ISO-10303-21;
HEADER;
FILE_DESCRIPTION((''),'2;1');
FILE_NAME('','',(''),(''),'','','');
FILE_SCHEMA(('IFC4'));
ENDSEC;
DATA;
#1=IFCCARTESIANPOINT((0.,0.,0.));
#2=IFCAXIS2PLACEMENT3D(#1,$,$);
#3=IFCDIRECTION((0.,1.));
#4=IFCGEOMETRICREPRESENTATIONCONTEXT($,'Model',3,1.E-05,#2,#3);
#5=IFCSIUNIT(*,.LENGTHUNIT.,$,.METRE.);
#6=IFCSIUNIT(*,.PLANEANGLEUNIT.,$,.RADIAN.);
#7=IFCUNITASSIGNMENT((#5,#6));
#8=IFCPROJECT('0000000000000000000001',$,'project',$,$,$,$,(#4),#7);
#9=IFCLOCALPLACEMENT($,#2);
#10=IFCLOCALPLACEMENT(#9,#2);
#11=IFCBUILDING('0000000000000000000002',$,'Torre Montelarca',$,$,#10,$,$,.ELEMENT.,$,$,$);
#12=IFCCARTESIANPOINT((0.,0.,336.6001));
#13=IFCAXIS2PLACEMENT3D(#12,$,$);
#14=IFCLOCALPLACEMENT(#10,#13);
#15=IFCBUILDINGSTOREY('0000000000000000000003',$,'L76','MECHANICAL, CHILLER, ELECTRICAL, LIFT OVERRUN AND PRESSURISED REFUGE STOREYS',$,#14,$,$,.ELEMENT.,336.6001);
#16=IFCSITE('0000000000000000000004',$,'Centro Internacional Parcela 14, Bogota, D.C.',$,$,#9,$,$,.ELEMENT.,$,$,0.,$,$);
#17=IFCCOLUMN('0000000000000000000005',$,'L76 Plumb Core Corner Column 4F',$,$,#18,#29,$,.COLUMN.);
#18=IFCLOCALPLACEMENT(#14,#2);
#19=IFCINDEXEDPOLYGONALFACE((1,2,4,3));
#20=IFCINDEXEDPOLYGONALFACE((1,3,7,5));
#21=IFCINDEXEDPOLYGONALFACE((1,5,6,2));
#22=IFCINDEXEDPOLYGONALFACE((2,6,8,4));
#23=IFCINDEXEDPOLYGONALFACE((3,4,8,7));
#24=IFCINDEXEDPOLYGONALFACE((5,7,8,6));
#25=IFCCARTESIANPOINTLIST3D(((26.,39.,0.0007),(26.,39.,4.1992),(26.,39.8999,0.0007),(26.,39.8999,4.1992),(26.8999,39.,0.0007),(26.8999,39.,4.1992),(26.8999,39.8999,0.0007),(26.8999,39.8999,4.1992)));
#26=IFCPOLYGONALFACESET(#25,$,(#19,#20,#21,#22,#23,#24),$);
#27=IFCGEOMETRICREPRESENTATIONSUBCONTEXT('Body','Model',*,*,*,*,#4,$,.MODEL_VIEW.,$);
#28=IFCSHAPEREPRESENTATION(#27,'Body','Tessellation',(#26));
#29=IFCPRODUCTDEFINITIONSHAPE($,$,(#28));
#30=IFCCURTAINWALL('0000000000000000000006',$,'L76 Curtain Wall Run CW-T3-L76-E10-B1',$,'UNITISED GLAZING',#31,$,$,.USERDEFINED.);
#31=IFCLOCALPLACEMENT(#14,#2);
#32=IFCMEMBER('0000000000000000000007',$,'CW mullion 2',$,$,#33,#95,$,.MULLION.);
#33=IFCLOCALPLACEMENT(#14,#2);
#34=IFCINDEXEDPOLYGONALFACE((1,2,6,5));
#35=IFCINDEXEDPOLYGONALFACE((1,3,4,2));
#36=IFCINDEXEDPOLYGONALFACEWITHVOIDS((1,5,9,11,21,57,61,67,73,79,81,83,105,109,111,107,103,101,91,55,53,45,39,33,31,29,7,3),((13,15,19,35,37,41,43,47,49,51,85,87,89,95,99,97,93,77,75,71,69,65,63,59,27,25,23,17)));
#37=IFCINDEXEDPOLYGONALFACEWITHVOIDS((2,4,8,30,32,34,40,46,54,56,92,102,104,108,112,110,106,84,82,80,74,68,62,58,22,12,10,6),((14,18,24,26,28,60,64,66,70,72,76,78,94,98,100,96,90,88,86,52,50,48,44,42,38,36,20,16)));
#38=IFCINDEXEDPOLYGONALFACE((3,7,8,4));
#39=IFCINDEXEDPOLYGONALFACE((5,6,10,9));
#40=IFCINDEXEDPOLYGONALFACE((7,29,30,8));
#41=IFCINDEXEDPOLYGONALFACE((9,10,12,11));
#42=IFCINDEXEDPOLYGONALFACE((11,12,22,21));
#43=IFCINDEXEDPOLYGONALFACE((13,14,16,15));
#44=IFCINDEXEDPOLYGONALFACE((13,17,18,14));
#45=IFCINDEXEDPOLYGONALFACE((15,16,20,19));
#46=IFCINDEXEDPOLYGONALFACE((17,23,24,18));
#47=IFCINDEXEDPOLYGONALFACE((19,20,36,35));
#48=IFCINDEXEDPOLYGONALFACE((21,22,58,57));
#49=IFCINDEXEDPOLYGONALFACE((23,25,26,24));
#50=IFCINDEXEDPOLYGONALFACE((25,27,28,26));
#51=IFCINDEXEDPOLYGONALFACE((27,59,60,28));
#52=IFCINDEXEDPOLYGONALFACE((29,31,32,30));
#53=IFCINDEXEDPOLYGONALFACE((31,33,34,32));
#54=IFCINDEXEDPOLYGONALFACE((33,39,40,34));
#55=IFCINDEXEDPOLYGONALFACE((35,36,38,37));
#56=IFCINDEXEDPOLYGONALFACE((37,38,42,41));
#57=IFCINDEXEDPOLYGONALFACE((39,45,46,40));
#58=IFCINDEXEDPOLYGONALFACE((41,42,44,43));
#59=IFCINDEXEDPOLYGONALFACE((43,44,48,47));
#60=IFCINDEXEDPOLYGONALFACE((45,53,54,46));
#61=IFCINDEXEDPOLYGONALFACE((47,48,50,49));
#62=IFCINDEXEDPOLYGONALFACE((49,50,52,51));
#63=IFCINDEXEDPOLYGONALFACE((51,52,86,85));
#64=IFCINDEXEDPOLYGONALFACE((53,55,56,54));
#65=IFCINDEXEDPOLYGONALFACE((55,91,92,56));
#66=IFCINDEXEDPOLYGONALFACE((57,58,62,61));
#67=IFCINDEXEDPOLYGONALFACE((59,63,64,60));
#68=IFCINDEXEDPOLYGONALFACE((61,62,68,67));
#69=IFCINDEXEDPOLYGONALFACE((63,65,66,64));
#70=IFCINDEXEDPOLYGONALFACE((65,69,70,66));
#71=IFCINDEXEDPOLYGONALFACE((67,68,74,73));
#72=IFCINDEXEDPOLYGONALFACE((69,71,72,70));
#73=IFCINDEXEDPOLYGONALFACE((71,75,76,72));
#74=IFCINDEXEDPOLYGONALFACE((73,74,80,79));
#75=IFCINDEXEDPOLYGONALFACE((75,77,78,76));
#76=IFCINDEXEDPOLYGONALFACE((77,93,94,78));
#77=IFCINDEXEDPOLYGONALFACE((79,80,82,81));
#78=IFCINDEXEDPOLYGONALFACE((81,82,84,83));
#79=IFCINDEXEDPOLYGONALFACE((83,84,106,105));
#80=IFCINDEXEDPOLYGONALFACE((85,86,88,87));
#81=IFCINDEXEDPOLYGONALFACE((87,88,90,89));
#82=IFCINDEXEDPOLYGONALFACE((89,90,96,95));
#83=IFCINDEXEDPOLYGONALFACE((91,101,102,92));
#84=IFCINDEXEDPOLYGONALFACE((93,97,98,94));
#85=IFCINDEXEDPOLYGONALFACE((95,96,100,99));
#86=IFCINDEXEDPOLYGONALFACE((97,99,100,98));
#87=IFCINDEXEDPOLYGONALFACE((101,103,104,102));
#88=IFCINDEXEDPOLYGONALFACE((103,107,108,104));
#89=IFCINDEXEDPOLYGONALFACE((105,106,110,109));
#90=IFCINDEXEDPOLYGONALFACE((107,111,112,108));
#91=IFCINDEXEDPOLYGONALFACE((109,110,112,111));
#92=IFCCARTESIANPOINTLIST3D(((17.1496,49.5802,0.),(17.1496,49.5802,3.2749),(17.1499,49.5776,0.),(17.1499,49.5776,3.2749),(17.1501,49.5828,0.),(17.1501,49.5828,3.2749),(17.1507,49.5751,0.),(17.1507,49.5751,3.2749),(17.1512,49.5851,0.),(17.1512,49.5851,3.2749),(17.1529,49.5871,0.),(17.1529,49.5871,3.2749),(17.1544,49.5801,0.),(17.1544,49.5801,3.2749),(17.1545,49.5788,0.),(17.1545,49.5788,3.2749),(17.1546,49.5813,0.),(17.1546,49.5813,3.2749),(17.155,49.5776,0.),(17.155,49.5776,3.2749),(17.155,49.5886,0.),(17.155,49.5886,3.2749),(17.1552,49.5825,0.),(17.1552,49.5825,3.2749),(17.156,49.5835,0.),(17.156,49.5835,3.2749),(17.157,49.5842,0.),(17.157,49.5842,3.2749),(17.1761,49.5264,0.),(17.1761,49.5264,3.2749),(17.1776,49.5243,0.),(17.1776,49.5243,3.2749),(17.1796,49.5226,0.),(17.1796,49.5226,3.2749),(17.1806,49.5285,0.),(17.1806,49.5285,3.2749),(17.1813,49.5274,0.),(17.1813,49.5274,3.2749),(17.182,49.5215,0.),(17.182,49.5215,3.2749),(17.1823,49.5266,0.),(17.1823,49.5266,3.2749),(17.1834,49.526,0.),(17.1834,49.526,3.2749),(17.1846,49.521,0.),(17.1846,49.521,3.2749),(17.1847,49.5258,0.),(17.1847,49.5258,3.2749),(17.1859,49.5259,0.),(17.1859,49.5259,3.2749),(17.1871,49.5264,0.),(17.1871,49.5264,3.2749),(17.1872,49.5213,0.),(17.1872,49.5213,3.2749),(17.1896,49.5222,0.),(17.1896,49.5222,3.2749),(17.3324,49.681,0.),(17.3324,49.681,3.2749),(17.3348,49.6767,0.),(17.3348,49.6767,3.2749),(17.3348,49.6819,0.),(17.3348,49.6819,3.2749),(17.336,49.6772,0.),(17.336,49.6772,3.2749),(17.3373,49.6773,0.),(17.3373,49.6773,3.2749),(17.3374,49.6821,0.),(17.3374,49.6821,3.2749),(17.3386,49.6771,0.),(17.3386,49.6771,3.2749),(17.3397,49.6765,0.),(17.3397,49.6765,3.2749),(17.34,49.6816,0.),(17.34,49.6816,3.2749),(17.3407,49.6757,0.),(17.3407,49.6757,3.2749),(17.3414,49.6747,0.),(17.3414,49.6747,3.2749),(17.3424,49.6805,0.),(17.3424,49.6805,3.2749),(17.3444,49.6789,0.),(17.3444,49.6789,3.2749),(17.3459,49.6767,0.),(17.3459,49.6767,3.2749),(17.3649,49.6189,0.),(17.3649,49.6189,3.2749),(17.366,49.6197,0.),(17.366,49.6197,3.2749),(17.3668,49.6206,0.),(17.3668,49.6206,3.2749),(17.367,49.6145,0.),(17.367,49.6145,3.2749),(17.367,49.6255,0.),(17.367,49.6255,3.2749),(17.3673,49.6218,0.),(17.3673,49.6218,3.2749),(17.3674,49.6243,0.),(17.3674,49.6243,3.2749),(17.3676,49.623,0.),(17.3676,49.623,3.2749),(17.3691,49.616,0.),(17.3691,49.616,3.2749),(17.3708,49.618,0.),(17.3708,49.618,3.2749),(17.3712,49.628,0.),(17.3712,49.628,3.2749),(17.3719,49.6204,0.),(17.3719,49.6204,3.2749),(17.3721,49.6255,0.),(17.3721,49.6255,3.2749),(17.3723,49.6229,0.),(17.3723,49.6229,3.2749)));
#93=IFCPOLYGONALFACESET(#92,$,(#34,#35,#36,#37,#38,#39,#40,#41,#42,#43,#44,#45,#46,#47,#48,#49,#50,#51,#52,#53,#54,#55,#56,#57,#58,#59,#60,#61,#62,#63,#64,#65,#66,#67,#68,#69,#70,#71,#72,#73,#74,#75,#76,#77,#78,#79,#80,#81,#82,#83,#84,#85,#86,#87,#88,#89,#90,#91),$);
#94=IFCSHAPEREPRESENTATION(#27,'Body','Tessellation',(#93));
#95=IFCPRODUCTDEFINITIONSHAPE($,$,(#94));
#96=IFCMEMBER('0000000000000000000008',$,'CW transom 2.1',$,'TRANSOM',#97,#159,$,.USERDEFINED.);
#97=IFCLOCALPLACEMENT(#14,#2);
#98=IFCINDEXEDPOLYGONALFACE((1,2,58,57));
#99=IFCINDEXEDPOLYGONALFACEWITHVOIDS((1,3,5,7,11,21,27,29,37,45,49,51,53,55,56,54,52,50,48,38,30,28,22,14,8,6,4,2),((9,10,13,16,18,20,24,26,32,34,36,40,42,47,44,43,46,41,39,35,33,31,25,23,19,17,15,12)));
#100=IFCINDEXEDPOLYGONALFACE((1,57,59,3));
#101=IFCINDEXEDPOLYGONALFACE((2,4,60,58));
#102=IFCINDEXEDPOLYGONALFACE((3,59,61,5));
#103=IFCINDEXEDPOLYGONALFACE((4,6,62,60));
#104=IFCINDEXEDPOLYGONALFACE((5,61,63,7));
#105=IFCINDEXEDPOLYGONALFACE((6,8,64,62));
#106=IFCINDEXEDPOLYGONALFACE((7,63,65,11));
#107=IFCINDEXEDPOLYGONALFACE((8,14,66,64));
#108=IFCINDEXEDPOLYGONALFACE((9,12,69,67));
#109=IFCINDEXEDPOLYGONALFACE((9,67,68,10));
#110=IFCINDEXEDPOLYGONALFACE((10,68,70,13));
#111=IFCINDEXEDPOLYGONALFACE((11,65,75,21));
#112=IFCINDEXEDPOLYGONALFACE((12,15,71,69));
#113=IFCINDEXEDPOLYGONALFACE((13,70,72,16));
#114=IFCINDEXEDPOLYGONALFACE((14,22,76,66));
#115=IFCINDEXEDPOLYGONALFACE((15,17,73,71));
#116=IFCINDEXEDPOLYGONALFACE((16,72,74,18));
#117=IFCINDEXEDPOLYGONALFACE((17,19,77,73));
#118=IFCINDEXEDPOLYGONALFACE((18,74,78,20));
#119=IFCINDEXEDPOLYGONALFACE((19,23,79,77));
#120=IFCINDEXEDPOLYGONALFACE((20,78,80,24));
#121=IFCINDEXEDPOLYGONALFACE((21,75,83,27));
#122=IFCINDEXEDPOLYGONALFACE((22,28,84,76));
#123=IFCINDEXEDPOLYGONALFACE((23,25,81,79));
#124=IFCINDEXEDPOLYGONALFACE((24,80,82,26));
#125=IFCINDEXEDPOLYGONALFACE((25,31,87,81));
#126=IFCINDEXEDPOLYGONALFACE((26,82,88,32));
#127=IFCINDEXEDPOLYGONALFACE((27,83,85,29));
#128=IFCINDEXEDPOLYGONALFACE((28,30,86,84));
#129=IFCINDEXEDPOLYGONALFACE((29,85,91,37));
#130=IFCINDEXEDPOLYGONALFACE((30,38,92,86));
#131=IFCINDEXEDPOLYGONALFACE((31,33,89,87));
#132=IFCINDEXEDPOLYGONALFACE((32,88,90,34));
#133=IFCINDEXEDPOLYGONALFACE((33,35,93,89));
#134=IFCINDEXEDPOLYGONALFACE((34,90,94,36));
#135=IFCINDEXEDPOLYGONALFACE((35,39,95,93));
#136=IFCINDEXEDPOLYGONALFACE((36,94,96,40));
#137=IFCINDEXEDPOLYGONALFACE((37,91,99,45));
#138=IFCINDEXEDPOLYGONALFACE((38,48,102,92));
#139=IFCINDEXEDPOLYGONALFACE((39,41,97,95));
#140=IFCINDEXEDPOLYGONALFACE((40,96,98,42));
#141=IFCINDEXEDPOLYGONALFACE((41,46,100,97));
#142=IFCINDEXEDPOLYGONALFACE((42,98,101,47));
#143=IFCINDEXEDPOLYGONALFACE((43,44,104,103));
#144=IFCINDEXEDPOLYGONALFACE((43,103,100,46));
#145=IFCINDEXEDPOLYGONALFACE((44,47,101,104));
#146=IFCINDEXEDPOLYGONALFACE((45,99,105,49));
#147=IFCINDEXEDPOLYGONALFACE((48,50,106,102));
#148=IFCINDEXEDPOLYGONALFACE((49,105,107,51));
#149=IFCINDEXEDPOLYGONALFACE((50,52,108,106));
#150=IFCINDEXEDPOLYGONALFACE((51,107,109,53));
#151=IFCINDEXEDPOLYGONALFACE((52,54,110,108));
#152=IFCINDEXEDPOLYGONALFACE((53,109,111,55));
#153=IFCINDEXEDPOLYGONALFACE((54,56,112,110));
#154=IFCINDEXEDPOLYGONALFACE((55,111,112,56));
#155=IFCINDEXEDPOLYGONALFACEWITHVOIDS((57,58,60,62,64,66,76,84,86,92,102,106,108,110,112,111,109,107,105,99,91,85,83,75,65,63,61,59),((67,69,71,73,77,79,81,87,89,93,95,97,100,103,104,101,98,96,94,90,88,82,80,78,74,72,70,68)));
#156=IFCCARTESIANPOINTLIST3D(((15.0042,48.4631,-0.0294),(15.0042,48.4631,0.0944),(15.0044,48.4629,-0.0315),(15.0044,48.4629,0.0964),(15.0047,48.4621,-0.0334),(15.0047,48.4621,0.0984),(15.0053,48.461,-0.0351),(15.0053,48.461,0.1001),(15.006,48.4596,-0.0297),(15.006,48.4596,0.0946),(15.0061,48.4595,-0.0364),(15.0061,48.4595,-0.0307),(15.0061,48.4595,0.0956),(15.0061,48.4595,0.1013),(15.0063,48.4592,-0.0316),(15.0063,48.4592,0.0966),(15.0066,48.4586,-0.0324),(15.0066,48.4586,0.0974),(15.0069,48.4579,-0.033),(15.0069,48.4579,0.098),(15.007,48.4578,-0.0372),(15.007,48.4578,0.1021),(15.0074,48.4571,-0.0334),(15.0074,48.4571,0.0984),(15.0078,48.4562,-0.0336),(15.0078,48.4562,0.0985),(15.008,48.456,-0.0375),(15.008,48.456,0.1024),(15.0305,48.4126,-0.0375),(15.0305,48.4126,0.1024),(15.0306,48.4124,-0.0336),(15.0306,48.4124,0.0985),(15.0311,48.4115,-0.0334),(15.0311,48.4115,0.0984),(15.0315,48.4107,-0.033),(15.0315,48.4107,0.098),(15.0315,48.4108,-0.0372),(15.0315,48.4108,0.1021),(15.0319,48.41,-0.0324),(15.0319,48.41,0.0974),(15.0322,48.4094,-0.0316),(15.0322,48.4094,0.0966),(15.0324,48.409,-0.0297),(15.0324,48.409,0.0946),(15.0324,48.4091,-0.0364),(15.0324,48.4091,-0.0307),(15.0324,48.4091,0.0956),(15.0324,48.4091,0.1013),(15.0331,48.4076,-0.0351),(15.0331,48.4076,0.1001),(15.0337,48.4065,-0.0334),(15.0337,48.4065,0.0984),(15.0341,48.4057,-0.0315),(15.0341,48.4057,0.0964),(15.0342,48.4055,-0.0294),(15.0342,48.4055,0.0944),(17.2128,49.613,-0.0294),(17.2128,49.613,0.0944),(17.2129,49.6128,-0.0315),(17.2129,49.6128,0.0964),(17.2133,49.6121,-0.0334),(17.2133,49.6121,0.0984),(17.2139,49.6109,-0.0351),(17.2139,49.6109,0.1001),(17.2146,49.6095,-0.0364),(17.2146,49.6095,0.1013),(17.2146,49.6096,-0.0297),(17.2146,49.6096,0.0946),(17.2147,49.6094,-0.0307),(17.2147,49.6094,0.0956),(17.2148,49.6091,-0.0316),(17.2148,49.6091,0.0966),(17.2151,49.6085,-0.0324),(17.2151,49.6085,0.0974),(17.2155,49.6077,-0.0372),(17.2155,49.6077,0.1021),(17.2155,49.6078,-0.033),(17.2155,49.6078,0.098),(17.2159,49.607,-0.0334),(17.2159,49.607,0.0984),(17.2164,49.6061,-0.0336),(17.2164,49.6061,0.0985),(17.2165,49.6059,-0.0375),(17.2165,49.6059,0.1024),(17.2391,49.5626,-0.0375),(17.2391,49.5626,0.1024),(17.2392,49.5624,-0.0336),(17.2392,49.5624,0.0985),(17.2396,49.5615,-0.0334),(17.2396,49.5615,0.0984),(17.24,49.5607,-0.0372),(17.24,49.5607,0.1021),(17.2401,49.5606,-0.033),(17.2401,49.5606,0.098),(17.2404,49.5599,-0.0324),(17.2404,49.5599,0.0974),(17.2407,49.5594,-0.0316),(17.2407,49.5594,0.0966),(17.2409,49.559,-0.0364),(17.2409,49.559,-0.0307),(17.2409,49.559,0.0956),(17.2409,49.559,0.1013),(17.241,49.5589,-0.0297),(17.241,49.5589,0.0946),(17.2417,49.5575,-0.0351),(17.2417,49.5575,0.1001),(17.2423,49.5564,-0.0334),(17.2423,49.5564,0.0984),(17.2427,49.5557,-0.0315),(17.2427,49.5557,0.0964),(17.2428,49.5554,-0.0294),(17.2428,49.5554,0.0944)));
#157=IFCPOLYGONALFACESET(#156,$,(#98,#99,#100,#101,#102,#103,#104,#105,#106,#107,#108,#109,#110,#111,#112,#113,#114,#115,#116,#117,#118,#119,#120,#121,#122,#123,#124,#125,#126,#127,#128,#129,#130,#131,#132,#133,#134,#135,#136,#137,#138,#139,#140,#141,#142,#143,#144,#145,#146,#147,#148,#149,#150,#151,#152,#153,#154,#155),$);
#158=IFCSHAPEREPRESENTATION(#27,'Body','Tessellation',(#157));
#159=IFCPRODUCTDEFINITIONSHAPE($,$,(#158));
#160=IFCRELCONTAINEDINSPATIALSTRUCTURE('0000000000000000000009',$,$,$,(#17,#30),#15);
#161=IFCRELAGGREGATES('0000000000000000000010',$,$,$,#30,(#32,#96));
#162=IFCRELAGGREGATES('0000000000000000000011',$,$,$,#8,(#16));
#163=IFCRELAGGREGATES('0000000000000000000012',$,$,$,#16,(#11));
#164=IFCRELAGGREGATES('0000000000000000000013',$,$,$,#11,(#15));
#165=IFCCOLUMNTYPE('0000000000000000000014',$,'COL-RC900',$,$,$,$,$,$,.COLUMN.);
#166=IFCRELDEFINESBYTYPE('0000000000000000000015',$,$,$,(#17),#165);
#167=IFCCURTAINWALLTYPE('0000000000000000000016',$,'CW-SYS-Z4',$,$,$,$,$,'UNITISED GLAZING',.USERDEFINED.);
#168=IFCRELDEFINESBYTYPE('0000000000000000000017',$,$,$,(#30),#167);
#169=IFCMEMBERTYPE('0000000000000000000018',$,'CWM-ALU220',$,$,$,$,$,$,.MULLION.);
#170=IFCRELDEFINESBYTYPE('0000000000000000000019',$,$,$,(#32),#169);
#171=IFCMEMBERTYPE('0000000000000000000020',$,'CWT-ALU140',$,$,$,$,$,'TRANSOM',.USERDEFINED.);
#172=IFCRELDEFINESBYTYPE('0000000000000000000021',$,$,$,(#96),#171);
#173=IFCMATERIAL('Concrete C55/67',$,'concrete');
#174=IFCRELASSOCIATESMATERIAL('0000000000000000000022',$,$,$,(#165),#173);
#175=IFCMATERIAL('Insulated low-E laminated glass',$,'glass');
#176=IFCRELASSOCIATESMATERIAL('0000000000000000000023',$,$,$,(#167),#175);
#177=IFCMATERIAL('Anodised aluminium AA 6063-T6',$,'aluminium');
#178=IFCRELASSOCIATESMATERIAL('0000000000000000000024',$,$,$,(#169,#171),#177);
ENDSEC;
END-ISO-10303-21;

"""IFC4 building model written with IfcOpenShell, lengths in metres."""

from ifc_helpers import new_model, si_unit, direction, frame, origin, origin_2d, place, context, subcontext, project, spatial, rectangle, hollow_rectangle, extrude, source, transform, mapped, material, material_profile, profile_set, type_object, element, aggregate, save


model = new_model("IFC4")

# Units and contexts
model_context = context("Model", 3, precision=1e-05, world=origin(), true_north=direction((0.0, 1.0)))
body_context = subcontext(model_context, "Body", "Model", "MODEL_VIEW")
ifc_project = project(units=[si_unit("LENGTHUNIT", "METRE"), si_unit("PLANEANGLEUNIT", "RADIAN")], contexts=[model_context])

# Site, building, storey
site_placement = place(None, origin())
site = spatial("IfcSite", under=ifc_project, at=site_placement, Name="Centro Internacional Parcela 14, Bogota, D.C.", CompositionType="ELEMENT", RefElevation=0.0)
building_placement = place(site_placement, origin())
building = spatial("IfcBuilding", under=site, at=building_placement, Name="Torre Montelarca", CompositionType="ELEMENT")
storey_placement = place(building_placement, frame((0.0, 0.0, 336.6001)))
storey = spatial("IfcBuildingStorey", under=building, at=storey_placement, Name="L76", Description="MECHANICAL, CHILLER, ELECTRICAL, LIFT OVERRUN AND PRESSURISED REFUGE STOREYS", CompositionType="ELEMENT", Elevation=336.6001)

# Column
ifc_material_1 = material(Name="Concrete C55/67", Category="concrete")
ifc_material_profile_1 = material_profile(ifc_material_1, rectangle(XDim=0.8999, YDim=0.8999, at=origin_2d()), Name="RC900X900", Category="concrete")
ifc_profile_set_1 = profile_set([ifc_material_profile_1], Name="Concrete C55/67")
column_type = type_object("IfcColumnType", Name="COL-RC900", PredefinedType="COLUMN", material=ifc_profile_set_1)
shared_shape_1 = source(origin(), body_context, "Body", "SweptSolid", [
    extrude(rectangle(XDim=0.8999, YDim=0.8999, at=origin_2d()), origin(), (0.0, 0.0, 1.0), 4.1985),
])
column_placement = place(storey_placement, frame((26.45, 39.45, 0.0007), z_axis=(0.0, 0.0, 1.0), x_axis=(1.0, 0.0, 0.0)))
element("IfcColumn", 1, at=column_placement, inside=storey, type_object=column_type, Name="L76 Plumb Core Corner Column 4F", PredefinedType="COLUMN", context=body_context, shape_type="MappedRepresentation", body=[
    mapped(shared_shape_1, transform((0.0, 0.0, 0.0), scale=1.0)),
])

# Curtain wall, members
ifc_material_2 = material(Name="Insulated low-E laminated glass", Category="glass")
curtain_wall_type = type_object("IfcCurtainWallType", Name="CW-SYS-Z4", ElementType="UNITISED GLAZING", PredefinedType="USERDEFINED", material=ifc_material_2)
curtain_wall_placement = place(storey_placement, origin())
curtain_wall = element("IfcCurtainWall", 2, at=curtain_wall_placement, inside=storey, type_object=curtain_wall_type, Name="L76 Curtain Wall Run CW-T3-L76-E10-B1", ObjectType="UNITISED GLAZING", PredefinedType="USERDEFINED")
ifc_material_3 = material(Name="Anodised aluminium AA 6063-T6", Category="aluminium")
ifc_material_profile_2 = material_profile(ifc_material_3, hollow_rectangle(XDim=0.075, YDim=0.22, WallThickness=0.0049, InnerFilletRadius=0.0049, OuterFilletRadius=0.01, at=origin_2d()), Name="ALU75X220X5", Category="aluminium")
ifc_profile_set_2 = profile_set([ifc_material_profile_2], Name="Anodised aluminium AA 6063-T6")
member_type_1 = type_object("IfcMemberType", Name="CWM-ALU220", PredefinedType="MULLION", material=ifc_profile_set_2)
shared_shape_2 = source(origin(), body_context, "Body", "SweptSolid", [
    extrude(hollow_rectangle(XDim=0.075, YDim=0.22, WallThickness=0.0049, InnerFilletRadius=0.0049, OuterFilletRadius=0.01, at=origin_2d()), origin(), (0.0, 0.0, 1.0), 3.2749),
])
member_1_placement = place(storey_placement, frame((17.261, 49.6016, 0.0), z_axis=(0.0, 0.0, 1.0), x_axis=(0.461756, -0.887007, 0.0)))
member_1 = element("IfcMember", 3, at=member_1_placement, type_object=member_type_1, Name="CW mullion 2", PredefinedType="MULLION", context=body_context, shape_type="MappedRepresentation", body=[
    mapped(shared_shape_2, transform((0.0, 0.0, 0.0), scale=1.0)),
])
ifc_material_profile_3 = material_profile(ifc_material_3, hollow_rectangle(XDim=0.0649, YDim=0.1399, WallThickness=0.0039, InnerFilletRadius=0.0039, OuterFilletRadius=0.0081, at=origin_2d()), Name="ALU65X140X4", Category="aluminium")
ifc_profile_set_3 = profile_set([ifc_material_profile_3], Name="Anodised aluminium AA 6063-T6")
member_type_2 = type_object("IfcMemberType", Name="CWT-ALU140", ElementType="TRANSOM", PredefinedType="USERDEFINED", material=ifc_profile_set_3)
shared_shape_3 = source(origin(), body_context, "Body", "SweptSolid", [
    extrude(hollow_rectangle(XDim=0.0649, YDim=0.1399, WallThickness=0.0039, InnerFilletRadius=0.0039, OuterFilletRadius=0.0081, at=origin_2d()), origin(), (0.0, 0.0, 1.0), 2.49),
])
member_2_placement = place(storey_placement, frame((17.2278, 49.5842, 0.0325), z_axis=(-0.886973, -0.461822, 0.0), x_axis=(0.461822, -0.886973, 0.0)))
member_2 = element("IfcMember", 4, at=member_2_placement, type_object=member_type_2, Name="CW transom 2.1", ObjectType="TRANSOM", PredefinedType="USERDEFINED", context=body_context, shape_type="MappedRepresentation", body=[
    mapped(shared_shape_3, transform((0.0, 0.0, 0.0), scale=1.0)),
])
aggregate(curtain_wall, [member_1, member_2])

save(model, "model.ifc")
